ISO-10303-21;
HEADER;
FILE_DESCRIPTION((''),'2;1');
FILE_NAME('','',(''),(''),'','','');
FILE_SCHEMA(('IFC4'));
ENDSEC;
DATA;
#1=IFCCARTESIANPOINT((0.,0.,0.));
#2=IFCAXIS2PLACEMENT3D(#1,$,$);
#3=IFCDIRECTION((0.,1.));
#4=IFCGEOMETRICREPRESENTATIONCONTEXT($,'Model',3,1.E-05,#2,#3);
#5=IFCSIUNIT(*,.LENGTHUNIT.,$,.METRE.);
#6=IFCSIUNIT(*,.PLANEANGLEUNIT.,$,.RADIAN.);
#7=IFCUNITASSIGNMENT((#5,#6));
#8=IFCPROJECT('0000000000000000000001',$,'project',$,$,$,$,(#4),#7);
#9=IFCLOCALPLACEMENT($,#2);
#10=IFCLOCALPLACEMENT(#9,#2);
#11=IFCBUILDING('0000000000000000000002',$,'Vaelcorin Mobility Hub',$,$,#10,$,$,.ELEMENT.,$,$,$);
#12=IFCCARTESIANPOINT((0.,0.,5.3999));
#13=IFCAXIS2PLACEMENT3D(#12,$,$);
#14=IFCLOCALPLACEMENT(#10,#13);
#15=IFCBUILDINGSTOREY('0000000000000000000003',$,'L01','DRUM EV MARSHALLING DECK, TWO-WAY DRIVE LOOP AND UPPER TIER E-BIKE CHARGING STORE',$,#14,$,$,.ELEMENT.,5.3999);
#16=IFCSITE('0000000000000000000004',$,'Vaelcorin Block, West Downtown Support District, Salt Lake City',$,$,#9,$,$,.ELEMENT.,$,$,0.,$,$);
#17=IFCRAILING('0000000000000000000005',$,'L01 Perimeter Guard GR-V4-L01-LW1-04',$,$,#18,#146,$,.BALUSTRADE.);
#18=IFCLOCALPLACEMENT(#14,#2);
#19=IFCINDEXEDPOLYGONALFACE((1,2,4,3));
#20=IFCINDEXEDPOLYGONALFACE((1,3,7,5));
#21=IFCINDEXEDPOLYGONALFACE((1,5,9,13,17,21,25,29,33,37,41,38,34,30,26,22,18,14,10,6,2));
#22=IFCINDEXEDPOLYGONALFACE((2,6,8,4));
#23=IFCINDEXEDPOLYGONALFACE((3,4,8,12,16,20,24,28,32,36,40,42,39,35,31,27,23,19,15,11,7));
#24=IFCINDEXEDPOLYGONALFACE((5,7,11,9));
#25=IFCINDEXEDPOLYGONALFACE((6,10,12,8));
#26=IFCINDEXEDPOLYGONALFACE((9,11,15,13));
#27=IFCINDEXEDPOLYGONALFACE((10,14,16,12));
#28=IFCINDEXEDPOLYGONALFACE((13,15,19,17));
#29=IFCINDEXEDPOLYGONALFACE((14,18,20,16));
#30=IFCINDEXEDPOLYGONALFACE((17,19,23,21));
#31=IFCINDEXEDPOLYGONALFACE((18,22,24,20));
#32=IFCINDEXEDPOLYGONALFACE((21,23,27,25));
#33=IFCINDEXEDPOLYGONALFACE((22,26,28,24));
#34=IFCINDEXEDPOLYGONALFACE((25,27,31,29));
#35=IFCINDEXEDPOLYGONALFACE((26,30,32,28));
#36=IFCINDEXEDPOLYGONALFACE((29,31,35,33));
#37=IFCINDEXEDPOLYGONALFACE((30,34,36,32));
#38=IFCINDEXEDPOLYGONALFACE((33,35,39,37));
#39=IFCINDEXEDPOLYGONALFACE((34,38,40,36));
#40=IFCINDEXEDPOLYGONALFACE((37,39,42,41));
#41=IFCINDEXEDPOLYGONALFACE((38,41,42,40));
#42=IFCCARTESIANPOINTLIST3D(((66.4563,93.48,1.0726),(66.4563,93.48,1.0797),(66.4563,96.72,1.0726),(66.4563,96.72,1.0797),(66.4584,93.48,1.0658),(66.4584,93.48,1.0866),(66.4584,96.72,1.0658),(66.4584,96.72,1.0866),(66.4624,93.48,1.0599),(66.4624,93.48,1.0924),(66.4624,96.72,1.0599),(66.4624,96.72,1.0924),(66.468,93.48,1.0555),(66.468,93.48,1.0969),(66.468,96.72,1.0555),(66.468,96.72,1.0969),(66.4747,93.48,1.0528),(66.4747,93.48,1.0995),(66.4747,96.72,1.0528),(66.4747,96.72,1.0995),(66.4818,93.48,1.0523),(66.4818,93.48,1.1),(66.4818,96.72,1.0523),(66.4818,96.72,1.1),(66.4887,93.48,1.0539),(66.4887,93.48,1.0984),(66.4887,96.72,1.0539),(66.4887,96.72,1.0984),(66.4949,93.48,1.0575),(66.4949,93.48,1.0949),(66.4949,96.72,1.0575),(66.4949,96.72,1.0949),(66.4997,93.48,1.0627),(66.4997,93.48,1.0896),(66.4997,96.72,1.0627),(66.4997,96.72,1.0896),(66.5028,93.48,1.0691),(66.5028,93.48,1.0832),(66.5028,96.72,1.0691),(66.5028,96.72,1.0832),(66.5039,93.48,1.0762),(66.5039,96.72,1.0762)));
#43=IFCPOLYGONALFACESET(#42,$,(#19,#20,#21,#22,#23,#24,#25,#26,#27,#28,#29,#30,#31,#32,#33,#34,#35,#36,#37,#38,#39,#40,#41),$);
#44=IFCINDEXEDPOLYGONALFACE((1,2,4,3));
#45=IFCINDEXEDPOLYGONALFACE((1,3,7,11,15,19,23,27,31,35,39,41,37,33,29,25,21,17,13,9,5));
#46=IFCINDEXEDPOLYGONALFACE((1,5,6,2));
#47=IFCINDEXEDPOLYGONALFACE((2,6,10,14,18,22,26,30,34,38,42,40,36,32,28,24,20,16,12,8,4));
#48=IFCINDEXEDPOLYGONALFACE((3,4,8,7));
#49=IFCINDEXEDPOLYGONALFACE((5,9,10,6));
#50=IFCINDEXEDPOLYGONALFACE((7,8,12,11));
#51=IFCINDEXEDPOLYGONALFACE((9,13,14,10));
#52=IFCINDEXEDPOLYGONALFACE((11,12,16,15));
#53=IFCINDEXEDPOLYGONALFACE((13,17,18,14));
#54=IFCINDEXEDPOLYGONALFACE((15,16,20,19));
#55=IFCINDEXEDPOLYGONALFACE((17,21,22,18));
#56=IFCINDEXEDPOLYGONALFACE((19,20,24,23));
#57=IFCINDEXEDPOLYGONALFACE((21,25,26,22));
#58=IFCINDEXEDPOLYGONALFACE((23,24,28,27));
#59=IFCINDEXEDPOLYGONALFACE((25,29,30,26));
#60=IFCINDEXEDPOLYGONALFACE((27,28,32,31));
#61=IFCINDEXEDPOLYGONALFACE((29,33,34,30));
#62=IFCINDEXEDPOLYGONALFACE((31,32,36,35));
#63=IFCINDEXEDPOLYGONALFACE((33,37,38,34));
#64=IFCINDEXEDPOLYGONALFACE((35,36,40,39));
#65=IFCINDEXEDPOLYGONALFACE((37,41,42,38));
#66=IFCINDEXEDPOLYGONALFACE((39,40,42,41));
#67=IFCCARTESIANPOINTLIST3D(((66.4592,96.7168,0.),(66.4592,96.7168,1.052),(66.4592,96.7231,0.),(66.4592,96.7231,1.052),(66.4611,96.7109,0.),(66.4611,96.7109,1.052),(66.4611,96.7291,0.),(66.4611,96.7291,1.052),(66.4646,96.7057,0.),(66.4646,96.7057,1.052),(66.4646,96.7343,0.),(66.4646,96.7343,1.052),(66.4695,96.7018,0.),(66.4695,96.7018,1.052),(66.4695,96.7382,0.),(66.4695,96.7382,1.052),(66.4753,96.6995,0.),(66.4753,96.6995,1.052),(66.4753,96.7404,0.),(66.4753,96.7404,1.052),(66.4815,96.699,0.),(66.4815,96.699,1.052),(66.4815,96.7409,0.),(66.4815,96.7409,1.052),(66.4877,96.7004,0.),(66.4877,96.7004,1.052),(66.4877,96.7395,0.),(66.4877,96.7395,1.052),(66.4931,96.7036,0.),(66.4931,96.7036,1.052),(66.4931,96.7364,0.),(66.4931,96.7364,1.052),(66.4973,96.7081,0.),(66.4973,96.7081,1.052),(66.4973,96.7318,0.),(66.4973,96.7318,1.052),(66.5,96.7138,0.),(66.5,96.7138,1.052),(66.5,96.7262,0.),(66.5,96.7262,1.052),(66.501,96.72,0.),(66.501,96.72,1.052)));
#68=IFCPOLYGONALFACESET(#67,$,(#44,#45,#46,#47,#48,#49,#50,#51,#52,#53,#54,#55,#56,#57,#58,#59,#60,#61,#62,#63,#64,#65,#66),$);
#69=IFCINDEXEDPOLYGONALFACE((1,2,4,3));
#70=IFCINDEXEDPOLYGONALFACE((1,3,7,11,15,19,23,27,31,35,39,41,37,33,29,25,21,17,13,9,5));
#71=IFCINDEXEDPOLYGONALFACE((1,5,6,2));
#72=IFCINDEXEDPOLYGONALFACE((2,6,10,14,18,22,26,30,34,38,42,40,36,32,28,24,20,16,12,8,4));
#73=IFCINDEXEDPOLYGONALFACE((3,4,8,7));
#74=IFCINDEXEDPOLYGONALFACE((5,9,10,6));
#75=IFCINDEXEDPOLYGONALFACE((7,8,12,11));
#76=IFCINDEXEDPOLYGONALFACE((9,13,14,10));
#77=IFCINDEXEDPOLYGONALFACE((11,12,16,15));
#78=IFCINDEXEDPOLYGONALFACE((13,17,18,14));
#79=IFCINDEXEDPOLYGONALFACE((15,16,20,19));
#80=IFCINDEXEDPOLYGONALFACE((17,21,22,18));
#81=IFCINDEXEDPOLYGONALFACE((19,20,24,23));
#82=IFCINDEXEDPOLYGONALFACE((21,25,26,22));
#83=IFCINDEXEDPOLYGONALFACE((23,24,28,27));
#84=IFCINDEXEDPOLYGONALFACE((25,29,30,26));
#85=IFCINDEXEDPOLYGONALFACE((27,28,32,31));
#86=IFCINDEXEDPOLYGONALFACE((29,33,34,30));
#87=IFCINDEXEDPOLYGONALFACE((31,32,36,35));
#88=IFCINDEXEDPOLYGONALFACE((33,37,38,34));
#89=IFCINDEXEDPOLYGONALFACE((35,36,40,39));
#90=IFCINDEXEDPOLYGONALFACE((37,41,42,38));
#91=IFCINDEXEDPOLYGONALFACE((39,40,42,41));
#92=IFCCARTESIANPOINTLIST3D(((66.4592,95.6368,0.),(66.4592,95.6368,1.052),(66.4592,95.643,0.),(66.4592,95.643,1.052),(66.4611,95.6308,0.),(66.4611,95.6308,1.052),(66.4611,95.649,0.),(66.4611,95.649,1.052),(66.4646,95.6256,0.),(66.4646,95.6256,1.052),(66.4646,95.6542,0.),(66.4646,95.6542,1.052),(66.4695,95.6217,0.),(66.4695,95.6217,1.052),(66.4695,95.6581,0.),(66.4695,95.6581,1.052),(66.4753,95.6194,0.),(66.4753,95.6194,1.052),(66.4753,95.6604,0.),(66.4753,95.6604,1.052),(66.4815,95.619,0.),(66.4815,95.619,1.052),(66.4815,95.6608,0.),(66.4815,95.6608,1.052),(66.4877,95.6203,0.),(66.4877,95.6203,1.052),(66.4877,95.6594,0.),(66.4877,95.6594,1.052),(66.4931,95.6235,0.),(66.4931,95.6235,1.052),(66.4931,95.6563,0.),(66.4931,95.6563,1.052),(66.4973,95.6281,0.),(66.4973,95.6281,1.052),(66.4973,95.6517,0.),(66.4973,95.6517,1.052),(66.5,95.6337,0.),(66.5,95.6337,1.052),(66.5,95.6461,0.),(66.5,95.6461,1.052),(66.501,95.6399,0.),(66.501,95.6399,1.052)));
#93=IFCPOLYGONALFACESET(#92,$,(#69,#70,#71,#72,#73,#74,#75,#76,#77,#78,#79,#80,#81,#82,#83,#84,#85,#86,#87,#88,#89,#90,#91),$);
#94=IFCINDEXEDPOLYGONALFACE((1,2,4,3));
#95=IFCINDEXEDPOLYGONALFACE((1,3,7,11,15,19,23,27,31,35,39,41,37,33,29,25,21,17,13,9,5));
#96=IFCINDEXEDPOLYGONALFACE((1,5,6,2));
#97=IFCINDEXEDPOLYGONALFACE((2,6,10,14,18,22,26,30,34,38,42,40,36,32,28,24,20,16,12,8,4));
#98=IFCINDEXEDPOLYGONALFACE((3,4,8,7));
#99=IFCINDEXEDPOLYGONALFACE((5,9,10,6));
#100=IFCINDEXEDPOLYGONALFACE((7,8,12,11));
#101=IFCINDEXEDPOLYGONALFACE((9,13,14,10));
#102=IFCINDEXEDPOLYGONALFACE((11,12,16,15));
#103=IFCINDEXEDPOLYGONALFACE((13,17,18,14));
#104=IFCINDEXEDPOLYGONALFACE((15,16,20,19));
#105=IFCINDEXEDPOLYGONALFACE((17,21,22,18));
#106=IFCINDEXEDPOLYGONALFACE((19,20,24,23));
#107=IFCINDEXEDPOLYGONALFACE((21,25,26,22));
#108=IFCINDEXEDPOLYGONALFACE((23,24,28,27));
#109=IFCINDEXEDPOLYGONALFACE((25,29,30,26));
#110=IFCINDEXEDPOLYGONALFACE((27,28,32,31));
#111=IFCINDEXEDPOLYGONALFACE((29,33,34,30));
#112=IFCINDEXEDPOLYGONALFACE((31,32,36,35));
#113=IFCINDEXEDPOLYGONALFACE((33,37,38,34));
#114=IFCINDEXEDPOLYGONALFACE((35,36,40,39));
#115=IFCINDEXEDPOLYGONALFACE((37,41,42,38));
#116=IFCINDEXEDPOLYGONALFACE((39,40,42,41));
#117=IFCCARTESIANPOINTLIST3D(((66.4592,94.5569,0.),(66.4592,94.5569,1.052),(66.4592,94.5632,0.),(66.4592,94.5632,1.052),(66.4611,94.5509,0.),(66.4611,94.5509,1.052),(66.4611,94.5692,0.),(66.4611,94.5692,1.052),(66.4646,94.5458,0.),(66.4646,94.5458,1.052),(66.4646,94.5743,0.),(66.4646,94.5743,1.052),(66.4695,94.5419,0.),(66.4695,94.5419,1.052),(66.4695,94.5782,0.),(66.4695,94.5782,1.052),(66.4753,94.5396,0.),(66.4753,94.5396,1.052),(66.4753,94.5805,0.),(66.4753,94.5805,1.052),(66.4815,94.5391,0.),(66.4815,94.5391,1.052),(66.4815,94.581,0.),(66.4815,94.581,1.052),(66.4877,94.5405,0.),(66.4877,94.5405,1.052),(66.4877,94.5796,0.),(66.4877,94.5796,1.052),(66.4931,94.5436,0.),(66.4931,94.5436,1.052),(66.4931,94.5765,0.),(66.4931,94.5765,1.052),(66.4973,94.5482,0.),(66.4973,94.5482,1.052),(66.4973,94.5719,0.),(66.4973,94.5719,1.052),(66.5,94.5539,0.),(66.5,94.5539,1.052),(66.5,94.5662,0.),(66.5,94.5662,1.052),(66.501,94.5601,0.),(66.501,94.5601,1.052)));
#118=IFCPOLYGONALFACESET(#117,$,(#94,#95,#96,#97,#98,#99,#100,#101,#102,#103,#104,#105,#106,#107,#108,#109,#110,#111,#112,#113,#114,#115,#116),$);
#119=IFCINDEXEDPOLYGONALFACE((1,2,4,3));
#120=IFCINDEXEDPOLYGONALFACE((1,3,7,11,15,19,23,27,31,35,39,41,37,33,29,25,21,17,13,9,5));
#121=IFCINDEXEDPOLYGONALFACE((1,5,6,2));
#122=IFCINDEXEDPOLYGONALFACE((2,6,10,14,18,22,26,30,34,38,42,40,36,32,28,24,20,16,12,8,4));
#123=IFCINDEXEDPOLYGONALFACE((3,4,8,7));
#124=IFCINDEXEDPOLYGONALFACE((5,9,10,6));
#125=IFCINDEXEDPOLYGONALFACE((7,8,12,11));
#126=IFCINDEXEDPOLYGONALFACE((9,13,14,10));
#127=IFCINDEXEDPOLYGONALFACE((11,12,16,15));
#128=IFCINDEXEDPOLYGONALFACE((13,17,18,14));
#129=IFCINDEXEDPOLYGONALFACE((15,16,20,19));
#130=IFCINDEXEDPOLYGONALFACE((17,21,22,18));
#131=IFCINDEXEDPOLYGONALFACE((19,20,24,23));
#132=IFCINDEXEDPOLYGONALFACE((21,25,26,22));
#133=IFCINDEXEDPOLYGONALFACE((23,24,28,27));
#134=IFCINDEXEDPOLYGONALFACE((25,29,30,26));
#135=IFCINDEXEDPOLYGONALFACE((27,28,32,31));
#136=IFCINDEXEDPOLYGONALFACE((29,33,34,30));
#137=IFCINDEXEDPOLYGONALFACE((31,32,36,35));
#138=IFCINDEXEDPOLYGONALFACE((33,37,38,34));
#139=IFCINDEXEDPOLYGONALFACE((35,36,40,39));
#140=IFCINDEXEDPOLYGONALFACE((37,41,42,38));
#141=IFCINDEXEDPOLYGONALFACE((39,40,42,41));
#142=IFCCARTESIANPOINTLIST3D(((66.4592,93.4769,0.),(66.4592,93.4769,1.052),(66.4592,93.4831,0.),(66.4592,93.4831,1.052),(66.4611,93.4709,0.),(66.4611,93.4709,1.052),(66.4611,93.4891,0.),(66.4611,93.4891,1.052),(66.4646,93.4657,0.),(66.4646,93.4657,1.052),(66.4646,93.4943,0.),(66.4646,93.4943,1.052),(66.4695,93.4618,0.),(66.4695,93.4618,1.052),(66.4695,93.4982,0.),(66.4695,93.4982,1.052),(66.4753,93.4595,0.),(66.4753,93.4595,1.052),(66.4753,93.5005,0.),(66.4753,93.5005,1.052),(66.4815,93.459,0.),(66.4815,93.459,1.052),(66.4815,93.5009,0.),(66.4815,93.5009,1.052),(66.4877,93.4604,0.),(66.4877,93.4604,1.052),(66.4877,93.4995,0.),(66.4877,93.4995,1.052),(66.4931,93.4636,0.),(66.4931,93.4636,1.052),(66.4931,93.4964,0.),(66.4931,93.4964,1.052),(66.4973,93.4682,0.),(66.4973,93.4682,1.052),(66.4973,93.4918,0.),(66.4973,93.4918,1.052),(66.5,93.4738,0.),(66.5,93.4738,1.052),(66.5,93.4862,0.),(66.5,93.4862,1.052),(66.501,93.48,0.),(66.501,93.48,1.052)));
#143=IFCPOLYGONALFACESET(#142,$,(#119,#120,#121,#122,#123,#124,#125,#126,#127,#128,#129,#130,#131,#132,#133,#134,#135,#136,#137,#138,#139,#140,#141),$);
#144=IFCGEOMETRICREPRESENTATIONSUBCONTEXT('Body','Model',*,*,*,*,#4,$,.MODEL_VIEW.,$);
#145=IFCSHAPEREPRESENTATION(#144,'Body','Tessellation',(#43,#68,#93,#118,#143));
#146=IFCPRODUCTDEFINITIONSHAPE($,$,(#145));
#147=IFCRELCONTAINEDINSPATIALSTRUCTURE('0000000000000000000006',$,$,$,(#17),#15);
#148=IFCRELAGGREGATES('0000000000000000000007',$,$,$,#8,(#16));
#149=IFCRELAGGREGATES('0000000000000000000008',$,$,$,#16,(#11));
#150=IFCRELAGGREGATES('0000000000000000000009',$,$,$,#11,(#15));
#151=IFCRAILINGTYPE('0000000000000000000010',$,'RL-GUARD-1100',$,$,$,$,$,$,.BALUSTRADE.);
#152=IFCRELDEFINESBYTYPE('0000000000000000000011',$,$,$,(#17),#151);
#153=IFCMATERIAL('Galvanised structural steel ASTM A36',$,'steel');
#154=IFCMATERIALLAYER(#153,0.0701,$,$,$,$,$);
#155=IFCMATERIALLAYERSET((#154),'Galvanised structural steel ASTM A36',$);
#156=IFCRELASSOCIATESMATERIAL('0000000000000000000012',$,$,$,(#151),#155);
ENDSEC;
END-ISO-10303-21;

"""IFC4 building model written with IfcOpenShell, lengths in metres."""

from ifc_helpers import new_model, si_unit, direction, frame, origin, origin_2d, place, context, subcontext, project, spatial, circle, extrude, material, layer, layer_set, type_object, element, save


model = new_model("IFC4")

# Units and contexts
model_context = context("Model", 3, precision=1e-05, world=origin(), true_north=direction((0.0, 1.0)))
body_context = subcontext(model_context, "Body", "Model", "MODEL_VIEW")
ifc_project = project(units=[si_unit("LENGTHUNIT", "METRE"), si_unit("PLANEANGLEUNIT", "RADIAN")], contexts=[model_context])

# Site, building, storey
site_placement = place(None, origin())
site = spatial("IfcSite", under=ifc_project, at=site_placement, Name="Vaelcorin Block, West Downtown Support District, Salt Lake City", CompositionType="ELEMENT", RefElevation=0.0)
building_placement = place(site_placement, origin())
building = spatial("IfcBuilding", under=site, at=building_placement, Name="Vaelcorin Mobility Hub", CompositionType="ELEMENT")
storey_placement = place(building_placement, frame((0.0, 0.0, 5.3999)))
storey = spatial("IfcBuildingStorey", under=building, at=storey_placement, Name="L01", Description="DRUM EV MARSHALLING DECK, TWO-WAY DRIVE LOOP AND UPPER TIER E-BIKE CHARGING STORE", CompositionType="ELEMENT", Elevation=5.3999)

# Railing
ifc_material_1 = material(Name="Galvanised structural steel ASTM A36", Category="steel")
ifc_layer_1 = layer(ifc_material_1, 0.0701)
ifc_layer_set_1 = layer_set([ifc_layer_1], Name="Galvanised structural steel ASTM A36")
railing_type = type_object("IfcRailingType", Name="RL-GUARD-1100", PredefinedType="BALUSTRADE", material=ifc_layer_set_1)
railing_1_placement = place(storey_placement, frame((66.48, 96.72, 0.0)))
element("IfcRailing", 1, at=railing_1_placement, inside=storey, type_object=railing_type, Name="L01 Perimeter Guard GR-V4-L01-LW1-04", PredefinedType="BALUSTRADE", context=body_context, shape_type="SweptSolid", body=[
    extrude(circle(Radius=0.0239, at=origin_2d()), frame((0.0, 0.0, 1.0762), z_axis=(0.0, -1.0, 0.0), x_axis=(1.0, 0.0, 0.0)), (0.0, 0.0, 1.0), 3.24),
    extrude(circle(Radius=0.021, at=origin_2d()), origin(), (0.0, 0.0, 1.0), 1.052),
    extrude(circle(Radius=0.021, at=origin_2d()), frame((0.0, -1.0801, 0.0)), (0.0, 0.0, 1.0), 1.052),
    extrude(circle(Radius=0.021, at=origin_2d()), frame((0.0, -2.1599, 0.0)), (0.0, 0.0, 1.0), 1.052),
    extrude(circle(Radius=0.021, at=origin_2d()), frame((0.0, -3.24, 0.0)), (0.0, 0.0, 1.0), 1.052),
])

save(model, "model.ifc")
